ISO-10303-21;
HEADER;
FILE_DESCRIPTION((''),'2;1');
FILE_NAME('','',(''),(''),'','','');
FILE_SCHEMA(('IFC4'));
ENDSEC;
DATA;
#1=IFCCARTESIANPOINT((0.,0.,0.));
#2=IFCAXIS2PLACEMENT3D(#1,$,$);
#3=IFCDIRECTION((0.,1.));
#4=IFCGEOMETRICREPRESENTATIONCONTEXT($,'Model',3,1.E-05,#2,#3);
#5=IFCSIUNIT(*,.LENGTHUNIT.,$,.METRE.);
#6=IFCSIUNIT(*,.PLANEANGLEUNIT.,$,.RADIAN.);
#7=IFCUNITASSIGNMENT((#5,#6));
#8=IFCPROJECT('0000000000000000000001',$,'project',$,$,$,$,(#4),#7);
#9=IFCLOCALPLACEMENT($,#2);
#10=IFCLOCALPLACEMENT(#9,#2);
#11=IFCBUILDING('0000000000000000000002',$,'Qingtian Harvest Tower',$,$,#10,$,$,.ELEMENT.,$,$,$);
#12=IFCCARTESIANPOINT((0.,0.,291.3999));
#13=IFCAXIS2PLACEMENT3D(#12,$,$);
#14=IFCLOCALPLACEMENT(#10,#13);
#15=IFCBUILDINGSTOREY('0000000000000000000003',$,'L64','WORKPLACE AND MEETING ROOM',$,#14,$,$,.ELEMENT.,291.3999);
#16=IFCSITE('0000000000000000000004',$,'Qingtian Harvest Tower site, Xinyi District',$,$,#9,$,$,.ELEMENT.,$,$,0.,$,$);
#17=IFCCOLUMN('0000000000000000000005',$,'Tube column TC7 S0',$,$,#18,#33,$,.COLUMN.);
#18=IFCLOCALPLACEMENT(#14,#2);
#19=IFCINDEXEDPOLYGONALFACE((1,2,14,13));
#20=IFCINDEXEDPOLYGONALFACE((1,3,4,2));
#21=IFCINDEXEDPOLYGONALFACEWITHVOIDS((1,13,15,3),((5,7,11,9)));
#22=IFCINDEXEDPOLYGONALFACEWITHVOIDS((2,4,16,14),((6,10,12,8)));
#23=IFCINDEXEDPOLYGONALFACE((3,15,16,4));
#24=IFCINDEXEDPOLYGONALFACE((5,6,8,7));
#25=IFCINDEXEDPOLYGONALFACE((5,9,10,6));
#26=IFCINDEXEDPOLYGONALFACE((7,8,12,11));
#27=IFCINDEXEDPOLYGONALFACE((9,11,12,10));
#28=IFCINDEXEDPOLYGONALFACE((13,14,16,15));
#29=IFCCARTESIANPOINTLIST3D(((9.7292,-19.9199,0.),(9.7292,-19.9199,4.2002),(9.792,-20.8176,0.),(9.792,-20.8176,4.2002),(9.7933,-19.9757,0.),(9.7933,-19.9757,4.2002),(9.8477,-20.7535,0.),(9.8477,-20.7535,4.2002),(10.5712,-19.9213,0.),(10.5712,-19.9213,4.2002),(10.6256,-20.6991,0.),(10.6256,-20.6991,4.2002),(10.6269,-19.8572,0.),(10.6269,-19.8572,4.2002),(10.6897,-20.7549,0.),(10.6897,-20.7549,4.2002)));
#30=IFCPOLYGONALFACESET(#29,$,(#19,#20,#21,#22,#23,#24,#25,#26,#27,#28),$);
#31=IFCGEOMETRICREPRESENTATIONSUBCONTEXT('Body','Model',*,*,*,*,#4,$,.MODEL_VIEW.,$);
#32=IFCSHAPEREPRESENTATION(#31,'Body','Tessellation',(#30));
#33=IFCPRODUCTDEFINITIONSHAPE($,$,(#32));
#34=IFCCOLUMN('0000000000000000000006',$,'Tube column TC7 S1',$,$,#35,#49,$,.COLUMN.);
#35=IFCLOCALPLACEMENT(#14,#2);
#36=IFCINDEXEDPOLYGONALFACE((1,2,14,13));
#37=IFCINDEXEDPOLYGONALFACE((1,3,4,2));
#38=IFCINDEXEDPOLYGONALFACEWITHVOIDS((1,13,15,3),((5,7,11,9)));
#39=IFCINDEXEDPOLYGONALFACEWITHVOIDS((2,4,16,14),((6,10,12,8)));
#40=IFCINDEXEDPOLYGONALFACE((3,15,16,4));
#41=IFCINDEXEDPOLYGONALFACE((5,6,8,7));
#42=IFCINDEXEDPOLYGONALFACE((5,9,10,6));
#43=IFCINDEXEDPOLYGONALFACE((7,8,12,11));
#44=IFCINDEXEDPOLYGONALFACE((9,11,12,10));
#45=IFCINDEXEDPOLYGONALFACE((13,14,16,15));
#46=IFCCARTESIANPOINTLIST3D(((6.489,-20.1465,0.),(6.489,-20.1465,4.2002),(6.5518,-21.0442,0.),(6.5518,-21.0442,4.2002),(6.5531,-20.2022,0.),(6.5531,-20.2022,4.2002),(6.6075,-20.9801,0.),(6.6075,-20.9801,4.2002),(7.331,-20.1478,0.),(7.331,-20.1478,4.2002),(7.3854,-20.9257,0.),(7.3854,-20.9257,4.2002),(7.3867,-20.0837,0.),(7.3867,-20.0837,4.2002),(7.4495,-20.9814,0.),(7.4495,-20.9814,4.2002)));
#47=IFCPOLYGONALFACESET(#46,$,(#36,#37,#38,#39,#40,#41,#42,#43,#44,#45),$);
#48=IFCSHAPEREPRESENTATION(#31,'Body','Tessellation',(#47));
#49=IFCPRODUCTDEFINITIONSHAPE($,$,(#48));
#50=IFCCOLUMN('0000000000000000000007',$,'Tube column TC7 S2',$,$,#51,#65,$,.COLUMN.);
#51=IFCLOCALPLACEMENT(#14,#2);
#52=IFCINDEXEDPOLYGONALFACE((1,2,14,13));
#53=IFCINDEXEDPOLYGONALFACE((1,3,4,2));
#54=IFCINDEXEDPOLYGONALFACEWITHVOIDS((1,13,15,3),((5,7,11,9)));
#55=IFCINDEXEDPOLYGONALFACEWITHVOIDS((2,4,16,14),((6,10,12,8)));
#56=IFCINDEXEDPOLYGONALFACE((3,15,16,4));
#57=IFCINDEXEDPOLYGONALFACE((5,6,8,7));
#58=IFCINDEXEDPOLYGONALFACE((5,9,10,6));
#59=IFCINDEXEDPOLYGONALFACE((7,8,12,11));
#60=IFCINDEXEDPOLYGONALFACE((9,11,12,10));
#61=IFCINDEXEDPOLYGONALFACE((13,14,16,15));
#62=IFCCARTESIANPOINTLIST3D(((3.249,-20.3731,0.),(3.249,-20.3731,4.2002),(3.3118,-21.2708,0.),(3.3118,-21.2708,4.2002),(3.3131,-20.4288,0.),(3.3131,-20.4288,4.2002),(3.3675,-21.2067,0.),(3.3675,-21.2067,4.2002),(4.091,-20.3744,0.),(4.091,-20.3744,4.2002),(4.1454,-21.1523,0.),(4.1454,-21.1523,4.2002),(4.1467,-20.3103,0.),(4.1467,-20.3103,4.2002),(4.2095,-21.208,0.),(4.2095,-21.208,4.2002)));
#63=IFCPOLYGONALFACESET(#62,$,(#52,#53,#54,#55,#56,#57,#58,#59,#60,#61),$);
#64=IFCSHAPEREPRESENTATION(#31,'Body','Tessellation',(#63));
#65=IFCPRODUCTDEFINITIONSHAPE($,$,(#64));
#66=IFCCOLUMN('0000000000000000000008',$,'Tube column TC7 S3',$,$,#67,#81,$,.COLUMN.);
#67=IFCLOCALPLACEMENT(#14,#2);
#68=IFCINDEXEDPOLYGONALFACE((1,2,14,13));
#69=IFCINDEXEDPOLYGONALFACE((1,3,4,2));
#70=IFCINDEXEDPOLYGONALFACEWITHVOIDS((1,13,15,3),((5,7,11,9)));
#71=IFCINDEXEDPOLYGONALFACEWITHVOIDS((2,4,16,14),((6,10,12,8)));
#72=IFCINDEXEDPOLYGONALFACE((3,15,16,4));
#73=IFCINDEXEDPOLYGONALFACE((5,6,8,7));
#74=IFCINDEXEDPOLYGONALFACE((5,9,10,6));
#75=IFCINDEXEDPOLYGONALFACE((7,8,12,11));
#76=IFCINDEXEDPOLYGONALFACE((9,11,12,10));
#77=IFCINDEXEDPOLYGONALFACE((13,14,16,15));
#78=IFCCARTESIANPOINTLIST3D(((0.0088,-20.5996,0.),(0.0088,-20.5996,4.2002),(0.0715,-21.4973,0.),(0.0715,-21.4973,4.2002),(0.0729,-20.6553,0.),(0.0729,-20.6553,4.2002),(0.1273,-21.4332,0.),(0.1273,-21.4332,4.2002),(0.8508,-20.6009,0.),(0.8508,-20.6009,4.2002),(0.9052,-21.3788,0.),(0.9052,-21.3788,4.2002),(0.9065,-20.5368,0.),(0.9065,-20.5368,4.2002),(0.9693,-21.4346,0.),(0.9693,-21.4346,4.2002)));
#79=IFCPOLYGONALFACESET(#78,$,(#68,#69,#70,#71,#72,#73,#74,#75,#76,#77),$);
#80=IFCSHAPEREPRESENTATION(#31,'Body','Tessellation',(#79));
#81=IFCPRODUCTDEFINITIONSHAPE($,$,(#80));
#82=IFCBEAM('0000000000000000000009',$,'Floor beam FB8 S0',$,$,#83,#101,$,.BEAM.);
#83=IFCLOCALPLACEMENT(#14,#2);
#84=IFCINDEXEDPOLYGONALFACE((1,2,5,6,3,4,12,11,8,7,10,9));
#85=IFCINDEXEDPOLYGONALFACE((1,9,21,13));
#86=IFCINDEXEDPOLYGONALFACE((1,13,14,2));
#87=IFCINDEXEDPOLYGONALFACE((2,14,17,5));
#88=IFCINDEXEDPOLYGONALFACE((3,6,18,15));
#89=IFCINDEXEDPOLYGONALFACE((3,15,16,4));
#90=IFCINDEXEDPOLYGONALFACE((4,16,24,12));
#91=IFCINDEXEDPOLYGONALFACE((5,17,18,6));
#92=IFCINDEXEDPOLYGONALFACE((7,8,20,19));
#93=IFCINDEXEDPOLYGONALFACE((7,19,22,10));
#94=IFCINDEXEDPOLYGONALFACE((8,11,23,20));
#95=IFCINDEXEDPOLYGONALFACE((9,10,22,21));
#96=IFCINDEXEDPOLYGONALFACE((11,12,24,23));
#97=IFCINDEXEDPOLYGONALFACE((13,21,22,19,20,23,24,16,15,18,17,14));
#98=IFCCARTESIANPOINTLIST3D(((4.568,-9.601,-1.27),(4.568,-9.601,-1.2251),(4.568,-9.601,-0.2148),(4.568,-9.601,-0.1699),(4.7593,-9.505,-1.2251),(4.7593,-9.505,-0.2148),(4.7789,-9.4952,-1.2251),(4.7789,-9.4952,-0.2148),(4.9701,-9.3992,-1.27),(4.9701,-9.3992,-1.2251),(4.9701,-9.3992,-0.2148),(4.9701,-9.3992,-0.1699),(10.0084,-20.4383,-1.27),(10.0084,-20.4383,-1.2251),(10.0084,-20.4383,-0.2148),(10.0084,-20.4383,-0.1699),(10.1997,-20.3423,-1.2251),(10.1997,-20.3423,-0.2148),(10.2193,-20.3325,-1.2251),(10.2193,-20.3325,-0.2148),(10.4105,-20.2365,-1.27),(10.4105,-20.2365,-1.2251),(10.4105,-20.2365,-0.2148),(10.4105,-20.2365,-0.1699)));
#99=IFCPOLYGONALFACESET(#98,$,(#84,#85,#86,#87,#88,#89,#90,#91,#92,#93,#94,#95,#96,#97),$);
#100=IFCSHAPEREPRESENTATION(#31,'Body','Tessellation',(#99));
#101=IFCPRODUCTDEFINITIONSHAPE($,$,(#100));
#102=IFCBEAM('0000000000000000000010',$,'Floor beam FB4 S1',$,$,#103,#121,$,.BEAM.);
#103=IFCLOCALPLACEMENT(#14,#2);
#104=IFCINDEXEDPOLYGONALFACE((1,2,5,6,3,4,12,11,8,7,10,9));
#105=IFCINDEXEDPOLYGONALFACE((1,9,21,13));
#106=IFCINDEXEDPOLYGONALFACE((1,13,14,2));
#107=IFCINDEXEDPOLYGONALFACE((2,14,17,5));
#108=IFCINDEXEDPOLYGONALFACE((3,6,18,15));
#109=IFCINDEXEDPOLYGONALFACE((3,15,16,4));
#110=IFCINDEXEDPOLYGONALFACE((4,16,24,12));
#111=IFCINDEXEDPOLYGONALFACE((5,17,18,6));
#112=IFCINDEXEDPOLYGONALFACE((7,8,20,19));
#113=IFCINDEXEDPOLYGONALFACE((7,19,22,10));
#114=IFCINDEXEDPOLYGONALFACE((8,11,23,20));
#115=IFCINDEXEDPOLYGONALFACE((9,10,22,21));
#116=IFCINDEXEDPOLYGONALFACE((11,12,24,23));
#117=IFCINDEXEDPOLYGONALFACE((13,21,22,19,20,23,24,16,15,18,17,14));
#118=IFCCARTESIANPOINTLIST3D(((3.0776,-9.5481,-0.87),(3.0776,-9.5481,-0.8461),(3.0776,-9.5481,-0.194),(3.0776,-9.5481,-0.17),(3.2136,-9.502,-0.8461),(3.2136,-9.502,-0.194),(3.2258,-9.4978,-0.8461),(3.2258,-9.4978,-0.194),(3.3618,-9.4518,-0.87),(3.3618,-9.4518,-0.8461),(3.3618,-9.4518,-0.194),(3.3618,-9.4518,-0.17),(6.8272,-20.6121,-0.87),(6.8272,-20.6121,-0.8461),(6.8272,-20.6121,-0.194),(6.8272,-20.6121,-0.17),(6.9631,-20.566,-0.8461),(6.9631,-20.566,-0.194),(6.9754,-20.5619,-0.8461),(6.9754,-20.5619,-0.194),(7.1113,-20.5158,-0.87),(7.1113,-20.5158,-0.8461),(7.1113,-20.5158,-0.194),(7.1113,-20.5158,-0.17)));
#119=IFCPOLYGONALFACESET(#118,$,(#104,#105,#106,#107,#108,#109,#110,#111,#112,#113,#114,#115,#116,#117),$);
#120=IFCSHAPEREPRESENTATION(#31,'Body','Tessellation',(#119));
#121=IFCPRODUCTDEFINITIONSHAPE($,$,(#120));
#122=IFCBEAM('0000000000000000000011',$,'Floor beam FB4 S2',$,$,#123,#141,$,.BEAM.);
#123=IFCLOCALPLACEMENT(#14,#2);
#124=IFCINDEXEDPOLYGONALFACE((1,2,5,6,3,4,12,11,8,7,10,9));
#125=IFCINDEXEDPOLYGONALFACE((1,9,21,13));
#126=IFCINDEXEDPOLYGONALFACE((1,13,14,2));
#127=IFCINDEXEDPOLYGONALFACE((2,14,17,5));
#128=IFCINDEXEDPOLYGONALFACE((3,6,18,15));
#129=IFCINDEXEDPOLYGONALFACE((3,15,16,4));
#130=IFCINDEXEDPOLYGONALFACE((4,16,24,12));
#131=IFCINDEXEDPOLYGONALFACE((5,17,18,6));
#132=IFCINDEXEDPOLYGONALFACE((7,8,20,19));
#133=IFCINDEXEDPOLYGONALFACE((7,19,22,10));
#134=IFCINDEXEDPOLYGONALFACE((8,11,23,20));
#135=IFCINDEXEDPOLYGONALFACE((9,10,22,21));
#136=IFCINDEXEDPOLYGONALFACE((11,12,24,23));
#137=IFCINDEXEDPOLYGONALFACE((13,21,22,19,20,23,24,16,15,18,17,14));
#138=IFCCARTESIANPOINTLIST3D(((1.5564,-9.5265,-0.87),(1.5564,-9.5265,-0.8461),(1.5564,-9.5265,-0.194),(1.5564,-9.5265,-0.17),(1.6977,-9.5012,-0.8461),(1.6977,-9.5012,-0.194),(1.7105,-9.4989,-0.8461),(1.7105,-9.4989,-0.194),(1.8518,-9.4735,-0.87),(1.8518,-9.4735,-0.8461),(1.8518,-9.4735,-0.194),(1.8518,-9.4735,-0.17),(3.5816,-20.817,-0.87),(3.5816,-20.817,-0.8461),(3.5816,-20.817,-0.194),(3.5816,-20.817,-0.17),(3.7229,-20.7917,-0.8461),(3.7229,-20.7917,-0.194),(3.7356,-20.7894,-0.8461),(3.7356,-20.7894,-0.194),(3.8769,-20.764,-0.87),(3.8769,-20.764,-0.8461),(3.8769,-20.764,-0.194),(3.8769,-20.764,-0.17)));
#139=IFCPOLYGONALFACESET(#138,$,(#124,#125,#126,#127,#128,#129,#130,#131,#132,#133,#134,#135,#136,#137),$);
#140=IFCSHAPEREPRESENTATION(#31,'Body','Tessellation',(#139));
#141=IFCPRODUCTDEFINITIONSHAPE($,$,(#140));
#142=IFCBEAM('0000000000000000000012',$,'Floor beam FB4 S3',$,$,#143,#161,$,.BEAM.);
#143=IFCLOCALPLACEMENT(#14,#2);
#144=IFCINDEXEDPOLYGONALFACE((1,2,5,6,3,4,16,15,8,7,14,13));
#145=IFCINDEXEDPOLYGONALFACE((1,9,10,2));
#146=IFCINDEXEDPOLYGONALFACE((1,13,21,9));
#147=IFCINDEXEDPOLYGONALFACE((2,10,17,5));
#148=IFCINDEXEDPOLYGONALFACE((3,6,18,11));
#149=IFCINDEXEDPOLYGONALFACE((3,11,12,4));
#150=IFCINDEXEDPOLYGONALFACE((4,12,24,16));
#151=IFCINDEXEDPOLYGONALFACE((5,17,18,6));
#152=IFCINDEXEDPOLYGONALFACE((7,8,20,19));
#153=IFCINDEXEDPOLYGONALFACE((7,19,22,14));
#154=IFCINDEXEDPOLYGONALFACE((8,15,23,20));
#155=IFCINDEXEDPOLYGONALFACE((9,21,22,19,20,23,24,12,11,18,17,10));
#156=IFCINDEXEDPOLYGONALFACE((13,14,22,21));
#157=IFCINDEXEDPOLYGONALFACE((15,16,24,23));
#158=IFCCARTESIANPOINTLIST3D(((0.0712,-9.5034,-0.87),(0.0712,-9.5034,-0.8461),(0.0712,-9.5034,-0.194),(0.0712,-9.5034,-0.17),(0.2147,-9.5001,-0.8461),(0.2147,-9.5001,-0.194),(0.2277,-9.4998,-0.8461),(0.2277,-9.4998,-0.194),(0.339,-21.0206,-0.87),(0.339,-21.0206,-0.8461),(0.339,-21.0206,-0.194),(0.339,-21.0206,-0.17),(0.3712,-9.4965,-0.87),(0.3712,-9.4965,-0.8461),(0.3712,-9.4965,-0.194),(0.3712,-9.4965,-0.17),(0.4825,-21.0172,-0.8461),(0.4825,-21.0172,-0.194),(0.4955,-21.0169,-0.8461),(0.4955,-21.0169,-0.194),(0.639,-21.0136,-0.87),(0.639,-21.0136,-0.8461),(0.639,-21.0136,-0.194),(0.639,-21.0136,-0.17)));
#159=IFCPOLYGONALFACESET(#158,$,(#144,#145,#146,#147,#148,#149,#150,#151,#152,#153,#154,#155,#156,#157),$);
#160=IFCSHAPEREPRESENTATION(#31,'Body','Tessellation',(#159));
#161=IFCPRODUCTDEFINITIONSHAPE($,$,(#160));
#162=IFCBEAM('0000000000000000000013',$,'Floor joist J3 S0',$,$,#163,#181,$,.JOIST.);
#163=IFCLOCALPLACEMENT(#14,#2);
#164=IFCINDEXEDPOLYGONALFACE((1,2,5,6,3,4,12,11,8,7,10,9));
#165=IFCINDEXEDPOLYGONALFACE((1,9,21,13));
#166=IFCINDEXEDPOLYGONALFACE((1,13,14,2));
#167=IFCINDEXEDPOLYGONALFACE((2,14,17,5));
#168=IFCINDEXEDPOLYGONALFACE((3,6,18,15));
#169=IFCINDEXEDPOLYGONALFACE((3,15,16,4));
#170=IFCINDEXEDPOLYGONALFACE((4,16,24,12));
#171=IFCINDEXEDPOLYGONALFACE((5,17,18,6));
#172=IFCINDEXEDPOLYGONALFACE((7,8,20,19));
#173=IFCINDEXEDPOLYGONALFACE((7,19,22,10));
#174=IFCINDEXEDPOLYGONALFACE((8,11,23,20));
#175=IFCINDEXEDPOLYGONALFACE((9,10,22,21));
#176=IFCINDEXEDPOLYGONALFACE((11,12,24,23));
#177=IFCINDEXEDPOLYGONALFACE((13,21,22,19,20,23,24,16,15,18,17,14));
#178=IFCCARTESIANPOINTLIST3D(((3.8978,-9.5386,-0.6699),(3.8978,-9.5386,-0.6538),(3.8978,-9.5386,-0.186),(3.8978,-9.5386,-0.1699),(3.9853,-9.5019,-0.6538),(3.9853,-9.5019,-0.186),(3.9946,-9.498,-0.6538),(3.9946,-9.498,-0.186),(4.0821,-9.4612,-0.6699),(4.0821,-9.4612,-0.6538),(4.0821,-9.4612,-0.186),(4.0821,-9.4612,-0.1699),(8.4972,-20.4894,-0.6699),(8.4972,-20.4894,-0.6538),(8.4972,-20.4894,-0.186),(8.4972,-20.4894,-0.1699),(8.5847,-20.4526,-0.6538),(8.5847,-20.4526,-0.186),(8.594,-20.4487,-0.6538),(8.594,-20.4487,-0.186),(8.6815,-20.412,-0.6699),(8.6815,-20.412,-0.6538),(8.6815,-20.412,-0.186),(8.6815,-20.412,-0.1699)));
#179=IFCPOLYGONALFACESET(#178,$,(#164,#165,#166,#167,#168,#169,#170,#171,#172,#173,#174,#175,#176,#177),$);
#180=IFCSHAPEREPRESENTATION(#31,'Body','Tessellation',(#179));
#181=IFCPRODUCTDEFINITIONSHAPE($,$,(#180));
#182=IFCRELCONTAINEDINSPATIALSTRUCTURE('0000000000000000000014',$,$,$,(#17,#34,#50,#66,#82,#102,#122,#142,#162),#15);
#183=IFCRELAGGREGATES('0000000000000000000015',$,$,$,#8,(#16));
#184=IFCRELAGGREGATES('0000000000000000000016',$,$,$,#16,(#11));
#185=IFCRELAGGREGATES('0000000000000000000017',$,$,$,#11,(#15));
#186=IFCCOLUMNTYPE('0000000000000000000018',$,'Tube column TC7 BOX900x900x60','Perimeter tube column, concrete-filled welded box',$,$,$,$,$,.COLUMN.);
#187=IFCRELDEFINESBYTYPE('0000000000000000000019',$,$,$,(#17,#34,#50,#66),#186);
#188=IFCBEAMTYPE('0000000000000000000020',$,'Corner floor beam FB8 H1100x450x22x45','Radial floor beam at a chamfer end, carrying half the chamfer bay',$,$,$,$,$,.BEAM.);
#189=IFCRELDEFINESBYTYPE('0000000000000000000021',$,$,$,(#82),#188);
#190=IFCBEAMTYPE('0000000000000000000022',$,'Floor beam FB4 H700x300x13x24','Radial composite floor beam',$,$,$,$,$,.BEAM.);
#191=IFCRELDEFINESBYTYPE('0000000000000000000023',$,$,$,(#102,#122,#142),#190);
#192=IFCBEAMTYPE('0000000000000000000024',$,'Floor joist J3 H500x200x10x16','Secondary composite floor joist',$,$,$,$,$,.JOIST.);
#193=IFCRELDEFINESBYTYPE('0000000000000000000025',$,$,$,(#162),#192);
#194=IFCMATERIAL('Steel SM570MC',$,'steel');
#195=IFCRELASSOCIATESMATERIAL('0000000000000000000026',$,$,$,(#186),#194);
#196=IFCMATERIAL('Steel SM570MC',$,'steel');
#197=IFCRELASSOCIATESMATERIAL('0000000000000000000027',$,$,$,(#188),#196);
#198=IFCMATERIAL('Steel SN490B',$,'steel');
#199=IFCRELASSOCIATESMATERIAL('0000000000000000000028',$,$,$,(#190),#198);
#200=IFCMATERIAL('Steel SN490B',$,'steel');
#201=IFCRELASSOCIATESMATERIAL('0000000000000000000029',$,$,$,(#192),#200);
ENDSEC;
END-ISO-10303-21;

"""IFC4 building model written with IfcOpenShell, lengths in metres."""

from ifc_helpers import new_model, si_unit, direction, frame, origin, origin_2d, place, context, subcontext, project, spatial, hollow_rectangle, i_section, extrude, material, material_profile, profile_set, type_object, element, save


model = new_model("IFC4")

# Units and contexts
model_context = context("Model", 3, precision=1e-05, world=origin(), true_north=direction((0.0, 1.0)))
body_context = subcontext(model_context, "Body", "Model", "MODEL_VIEW")
ifc_project = project(units=[si_unit("LENGTHUNIT", "METRE"), si_unit("PLANEANGLEUNIT", "RADIAN")], contexts=[model_context])

# Site, building, storey
site_placement = place(None, origin())
site = spatial("IfcSite", under=ifc_project, at=site_placement, Name="Qingtian Harvest Tower site, Xinyi District", CompositionType="ELEMENT", RefElevation=0.0)
building_placement = place(site_placement, origin())
building = spatial("IfcBuilding", under=site, at=building_placement, Name="Qingtian Harvest Tower", CompositionType="ELEMENT")
storey_placement = place(building_placement, frame((0.0, 0.0, 291.3999)))
storey = spatial("IfcBuildingStorey", under=building, at=storey_placement, Name="L64", Description="WORKPLACE AND MEETING ROOM", CompositionType="ELEMENT", Elevation=291.3999)

# Columns
ifc_material_1 = material(Name="Steel SM570MC", Category="steel")
ifc_material_profile_1 = material_profile(ifc_material_1, hollow_rectangle(XDim=0.8999, YDim=0.8999, WallThickness=0.0601, at=origin_2d()), Name="BOX900x900x60")
ifc_profile_set_1 = profile_set([ifc_material_profile_1], Name="Steel SM570MC")
column_type = type_object("IfcColumnType", Name="Tube column TC7 BOX900x900x60", Description="Perimeter tube column, concrete-filled welded box", PredefinedType="COLUMN", material=ifc_profile_set_1)
for number, where, z_axis, x_axis, name in (
    (1, (10.2095, -20.3374, 0.0), (0.0, 0.0, 1.0), (0.997564, 0.069756, 0.0), "Tube column TC7 S0"),
    (2, (6.9692, -20.564, 0.0), (0.0, 0.0, 1.0), (0.997564, 0.069756, 0.0), "Tube column TC7 S1"),
    (3, (3.7292, -20.7905, 0.0), (0.0, 0.0, 1.0), (0.997564, 0.069756, 0.0), "Tube column TC7 S2"),
    (4, (0.489, -21.0171, 0.0), (0.0, 0.0, 1.0), (0.997564, 0.069756, 0.0), "Tube column TC7 S3"),
):
    element("IfcColumn", number, at=place(storey_placement, frame(where, z_axis=z_axis, x_axis=x_axis)), inside=storey, type_object=column_type, Name=name, PredefinedType="COLUMN", context=body_context, shape_type="SweptSolid", body=[
        extrude(hollow_rectangle(XDim=0.8999, YDim=0.8999, WallThickness=0.0601, at=origin_2d()), origin(), (0.0, 0.0, 1.0), 4.2002),
    ])

# Beams
ifc_material_2 = material(Name="Steel SM570MC", Category="steel")
ifc_material_profile_2 = material_profile(ifc_material_2, i_section(OverallWidth=0.45, OverallDepth=1.1001, WebThickness=0.022, FlangeThickness=0.0449, at=origin_2d()), Name="H1100x450x22x45")
ifc_profile_set_2 = profile_set([ifc_material_profile_2], Name="Steel SM570MC")
beam_type_1 = type_object("IfcBeamType", Name="Corner floor beam FB8 H1100x450x22x45", Description="Radial floor beam at a chamfer end, carrying half the chamfer bay", PredefinedType="BEAM", material=ifc_profile_set_2)
beam_1_placement = place(storey_placement, frame((10.2095, -20.3374, -0.72), z_axis=(-0.448646, 0.893709, 0.0), x_axis=(-0.893709, -0.448646, 0.0)))
element("IfcBeam", 5, at=beam_1_placement, inside=storey, type_object=beam_type_1, Name="Floor beam FB8 S0", PredefinedType="BEAM", context=body_context, shape_type="SweptSolid", body=[
    extrude(i_section(OverallWidth=0.45, OverallDepth=1.1001, WebThickness=0.022, FlangeThickness=0.0449, at=origin_2d()), origin(), (0.0, 0.0, 1.0), 12.1262),
])
ifc_material_3 = material(Name="Steel SN490B", Category="steel")
ifc_material_profile_3 = material_profile(ifc_material_3, i_section(OverallWidth=0.3, OverallDepth=0.7, WebThickness=0.0129, FlangeThickness=0.0239, at=origin_2d()), Name="H700x300x13x24")
ifc_profile_set_3 = profile_set([ifc_material_profile_3], Name="Steel SN490B")
beam_type_2 = type_object("IfcBeamType", Name="Floor beam FB4 H700x300x13x24", Description="Radial composite floor beam", PredefinedType="BEAM", material=ifc_profile_set_3)
beam_2_placement = place(storey_placement, frame((6.9692, -20.564, -0.52), z_axis=(-0.320964, 0.947092, 0.0), x_axis=(-0.947092, -0.320964, 0.0)))
element("IfcBeam", 6, at=beam_2_placement, inside=storey, type_object=beam_type_2, Name="Floor beam FB4 S1", PredefinedType="BEAM", context=body_context, shape_type="SweptSolid", body=[
    extrude(i_section(OverallWidth=0.3, OverallDepth=0.7, WebThickness=0.0129, FlangeThickness=0.0239, at=origin_2d()), origin(), (0.0, 0.0, 1.0), 11.6821),
])
beam_3_placement = place(storey_placement, frame((3.7292, -20.7905, -0.52), z_axis=(-0.176549, 0.984292, 0.0), x_axis=(-0.984292, -0.176549, 0.0)))
element("IfcBeam", 7, at=beam_3_placement, inside=storey, type_object=beam_type_2, Name="Floor beam FB4 S2", PredefinedType="BEAM", context=body_context, shape_type="SweptSolid", body=[
    extrude(i_section(OverallWidth=0.3, OverallDepth=0.7, WebThickness=0.0129, FlangeThickness=0.0239, at=origin_2d()), origin(), (0.0, 0.0, 1.0), 11.4707),
])
beam_4_placement = place(storey_placement, frame((0.489, -21.0171, -0.52), z_axis=(-0.023248, 0.99973, 0.0), x_axis=(-0.99973, -0.023248, 0.0)))
element("IfcBeam", 8, at=beam_4_placement, inside=storey, type_object=beam_type_2, Name="Floor beam FB4 S3", PredefinedType="BEAM", context=body_context, shape_type="SweptSolid", body=[
    extrude(i_section(OverallWidth=0.3, OverallDepth=0.7, WebThickness=0.0129, FlangeThickness=0.0239, at=origin_2d()), origin(), (0.0, 0.0, 1.0), 11.5203),
])
ifc_material_4 = material(Name="Steel SN490B", Category="steel")
ifc_material_profile_4 = material_profile(ifc_material_4, i_section(OverallWidth=0.2, OverallDepth=0.5, WebThickness=0.01, FlangeThickness=0.0161, at=origin_2d()), Name="H500x200x10x16")
ifc_profile_set_4 = profile_set([ifc_material_profile_4], Name="Steel SN490B")
beam_type_3 = type_object("IfcBeamType", Name="Floor joist J3 H500x200x10x16", Description="Secondary composite floor joist", PredefinedType="JOIST", material=ifc_profile_set_4)
beam_5_placement = place(storey_placement, frame((8.5894, -20.4507, -0.4199), z_axis=(-0.387238, 0.92198, 0.0), x_axis=(-0.92198, -0.387238, 0.0)))
element("IfcBeam", 9, at=beam_5_placement, inside=storey, type_object=beam_type_3, Name="Floor joist J3 S0", PredefinedType="JOIST", context=body_context, shape_type="SweptSolid", body=[
    extrude(i_section(OverallWidth=0.2, OverallDepth=0.5, WebThickness=0.01, FlangeThickness=0.0161, at=origin_2d()), origin(), (0.0, 0.0, 1.0), 11.8774),
])

save(model, "model.ifc")
